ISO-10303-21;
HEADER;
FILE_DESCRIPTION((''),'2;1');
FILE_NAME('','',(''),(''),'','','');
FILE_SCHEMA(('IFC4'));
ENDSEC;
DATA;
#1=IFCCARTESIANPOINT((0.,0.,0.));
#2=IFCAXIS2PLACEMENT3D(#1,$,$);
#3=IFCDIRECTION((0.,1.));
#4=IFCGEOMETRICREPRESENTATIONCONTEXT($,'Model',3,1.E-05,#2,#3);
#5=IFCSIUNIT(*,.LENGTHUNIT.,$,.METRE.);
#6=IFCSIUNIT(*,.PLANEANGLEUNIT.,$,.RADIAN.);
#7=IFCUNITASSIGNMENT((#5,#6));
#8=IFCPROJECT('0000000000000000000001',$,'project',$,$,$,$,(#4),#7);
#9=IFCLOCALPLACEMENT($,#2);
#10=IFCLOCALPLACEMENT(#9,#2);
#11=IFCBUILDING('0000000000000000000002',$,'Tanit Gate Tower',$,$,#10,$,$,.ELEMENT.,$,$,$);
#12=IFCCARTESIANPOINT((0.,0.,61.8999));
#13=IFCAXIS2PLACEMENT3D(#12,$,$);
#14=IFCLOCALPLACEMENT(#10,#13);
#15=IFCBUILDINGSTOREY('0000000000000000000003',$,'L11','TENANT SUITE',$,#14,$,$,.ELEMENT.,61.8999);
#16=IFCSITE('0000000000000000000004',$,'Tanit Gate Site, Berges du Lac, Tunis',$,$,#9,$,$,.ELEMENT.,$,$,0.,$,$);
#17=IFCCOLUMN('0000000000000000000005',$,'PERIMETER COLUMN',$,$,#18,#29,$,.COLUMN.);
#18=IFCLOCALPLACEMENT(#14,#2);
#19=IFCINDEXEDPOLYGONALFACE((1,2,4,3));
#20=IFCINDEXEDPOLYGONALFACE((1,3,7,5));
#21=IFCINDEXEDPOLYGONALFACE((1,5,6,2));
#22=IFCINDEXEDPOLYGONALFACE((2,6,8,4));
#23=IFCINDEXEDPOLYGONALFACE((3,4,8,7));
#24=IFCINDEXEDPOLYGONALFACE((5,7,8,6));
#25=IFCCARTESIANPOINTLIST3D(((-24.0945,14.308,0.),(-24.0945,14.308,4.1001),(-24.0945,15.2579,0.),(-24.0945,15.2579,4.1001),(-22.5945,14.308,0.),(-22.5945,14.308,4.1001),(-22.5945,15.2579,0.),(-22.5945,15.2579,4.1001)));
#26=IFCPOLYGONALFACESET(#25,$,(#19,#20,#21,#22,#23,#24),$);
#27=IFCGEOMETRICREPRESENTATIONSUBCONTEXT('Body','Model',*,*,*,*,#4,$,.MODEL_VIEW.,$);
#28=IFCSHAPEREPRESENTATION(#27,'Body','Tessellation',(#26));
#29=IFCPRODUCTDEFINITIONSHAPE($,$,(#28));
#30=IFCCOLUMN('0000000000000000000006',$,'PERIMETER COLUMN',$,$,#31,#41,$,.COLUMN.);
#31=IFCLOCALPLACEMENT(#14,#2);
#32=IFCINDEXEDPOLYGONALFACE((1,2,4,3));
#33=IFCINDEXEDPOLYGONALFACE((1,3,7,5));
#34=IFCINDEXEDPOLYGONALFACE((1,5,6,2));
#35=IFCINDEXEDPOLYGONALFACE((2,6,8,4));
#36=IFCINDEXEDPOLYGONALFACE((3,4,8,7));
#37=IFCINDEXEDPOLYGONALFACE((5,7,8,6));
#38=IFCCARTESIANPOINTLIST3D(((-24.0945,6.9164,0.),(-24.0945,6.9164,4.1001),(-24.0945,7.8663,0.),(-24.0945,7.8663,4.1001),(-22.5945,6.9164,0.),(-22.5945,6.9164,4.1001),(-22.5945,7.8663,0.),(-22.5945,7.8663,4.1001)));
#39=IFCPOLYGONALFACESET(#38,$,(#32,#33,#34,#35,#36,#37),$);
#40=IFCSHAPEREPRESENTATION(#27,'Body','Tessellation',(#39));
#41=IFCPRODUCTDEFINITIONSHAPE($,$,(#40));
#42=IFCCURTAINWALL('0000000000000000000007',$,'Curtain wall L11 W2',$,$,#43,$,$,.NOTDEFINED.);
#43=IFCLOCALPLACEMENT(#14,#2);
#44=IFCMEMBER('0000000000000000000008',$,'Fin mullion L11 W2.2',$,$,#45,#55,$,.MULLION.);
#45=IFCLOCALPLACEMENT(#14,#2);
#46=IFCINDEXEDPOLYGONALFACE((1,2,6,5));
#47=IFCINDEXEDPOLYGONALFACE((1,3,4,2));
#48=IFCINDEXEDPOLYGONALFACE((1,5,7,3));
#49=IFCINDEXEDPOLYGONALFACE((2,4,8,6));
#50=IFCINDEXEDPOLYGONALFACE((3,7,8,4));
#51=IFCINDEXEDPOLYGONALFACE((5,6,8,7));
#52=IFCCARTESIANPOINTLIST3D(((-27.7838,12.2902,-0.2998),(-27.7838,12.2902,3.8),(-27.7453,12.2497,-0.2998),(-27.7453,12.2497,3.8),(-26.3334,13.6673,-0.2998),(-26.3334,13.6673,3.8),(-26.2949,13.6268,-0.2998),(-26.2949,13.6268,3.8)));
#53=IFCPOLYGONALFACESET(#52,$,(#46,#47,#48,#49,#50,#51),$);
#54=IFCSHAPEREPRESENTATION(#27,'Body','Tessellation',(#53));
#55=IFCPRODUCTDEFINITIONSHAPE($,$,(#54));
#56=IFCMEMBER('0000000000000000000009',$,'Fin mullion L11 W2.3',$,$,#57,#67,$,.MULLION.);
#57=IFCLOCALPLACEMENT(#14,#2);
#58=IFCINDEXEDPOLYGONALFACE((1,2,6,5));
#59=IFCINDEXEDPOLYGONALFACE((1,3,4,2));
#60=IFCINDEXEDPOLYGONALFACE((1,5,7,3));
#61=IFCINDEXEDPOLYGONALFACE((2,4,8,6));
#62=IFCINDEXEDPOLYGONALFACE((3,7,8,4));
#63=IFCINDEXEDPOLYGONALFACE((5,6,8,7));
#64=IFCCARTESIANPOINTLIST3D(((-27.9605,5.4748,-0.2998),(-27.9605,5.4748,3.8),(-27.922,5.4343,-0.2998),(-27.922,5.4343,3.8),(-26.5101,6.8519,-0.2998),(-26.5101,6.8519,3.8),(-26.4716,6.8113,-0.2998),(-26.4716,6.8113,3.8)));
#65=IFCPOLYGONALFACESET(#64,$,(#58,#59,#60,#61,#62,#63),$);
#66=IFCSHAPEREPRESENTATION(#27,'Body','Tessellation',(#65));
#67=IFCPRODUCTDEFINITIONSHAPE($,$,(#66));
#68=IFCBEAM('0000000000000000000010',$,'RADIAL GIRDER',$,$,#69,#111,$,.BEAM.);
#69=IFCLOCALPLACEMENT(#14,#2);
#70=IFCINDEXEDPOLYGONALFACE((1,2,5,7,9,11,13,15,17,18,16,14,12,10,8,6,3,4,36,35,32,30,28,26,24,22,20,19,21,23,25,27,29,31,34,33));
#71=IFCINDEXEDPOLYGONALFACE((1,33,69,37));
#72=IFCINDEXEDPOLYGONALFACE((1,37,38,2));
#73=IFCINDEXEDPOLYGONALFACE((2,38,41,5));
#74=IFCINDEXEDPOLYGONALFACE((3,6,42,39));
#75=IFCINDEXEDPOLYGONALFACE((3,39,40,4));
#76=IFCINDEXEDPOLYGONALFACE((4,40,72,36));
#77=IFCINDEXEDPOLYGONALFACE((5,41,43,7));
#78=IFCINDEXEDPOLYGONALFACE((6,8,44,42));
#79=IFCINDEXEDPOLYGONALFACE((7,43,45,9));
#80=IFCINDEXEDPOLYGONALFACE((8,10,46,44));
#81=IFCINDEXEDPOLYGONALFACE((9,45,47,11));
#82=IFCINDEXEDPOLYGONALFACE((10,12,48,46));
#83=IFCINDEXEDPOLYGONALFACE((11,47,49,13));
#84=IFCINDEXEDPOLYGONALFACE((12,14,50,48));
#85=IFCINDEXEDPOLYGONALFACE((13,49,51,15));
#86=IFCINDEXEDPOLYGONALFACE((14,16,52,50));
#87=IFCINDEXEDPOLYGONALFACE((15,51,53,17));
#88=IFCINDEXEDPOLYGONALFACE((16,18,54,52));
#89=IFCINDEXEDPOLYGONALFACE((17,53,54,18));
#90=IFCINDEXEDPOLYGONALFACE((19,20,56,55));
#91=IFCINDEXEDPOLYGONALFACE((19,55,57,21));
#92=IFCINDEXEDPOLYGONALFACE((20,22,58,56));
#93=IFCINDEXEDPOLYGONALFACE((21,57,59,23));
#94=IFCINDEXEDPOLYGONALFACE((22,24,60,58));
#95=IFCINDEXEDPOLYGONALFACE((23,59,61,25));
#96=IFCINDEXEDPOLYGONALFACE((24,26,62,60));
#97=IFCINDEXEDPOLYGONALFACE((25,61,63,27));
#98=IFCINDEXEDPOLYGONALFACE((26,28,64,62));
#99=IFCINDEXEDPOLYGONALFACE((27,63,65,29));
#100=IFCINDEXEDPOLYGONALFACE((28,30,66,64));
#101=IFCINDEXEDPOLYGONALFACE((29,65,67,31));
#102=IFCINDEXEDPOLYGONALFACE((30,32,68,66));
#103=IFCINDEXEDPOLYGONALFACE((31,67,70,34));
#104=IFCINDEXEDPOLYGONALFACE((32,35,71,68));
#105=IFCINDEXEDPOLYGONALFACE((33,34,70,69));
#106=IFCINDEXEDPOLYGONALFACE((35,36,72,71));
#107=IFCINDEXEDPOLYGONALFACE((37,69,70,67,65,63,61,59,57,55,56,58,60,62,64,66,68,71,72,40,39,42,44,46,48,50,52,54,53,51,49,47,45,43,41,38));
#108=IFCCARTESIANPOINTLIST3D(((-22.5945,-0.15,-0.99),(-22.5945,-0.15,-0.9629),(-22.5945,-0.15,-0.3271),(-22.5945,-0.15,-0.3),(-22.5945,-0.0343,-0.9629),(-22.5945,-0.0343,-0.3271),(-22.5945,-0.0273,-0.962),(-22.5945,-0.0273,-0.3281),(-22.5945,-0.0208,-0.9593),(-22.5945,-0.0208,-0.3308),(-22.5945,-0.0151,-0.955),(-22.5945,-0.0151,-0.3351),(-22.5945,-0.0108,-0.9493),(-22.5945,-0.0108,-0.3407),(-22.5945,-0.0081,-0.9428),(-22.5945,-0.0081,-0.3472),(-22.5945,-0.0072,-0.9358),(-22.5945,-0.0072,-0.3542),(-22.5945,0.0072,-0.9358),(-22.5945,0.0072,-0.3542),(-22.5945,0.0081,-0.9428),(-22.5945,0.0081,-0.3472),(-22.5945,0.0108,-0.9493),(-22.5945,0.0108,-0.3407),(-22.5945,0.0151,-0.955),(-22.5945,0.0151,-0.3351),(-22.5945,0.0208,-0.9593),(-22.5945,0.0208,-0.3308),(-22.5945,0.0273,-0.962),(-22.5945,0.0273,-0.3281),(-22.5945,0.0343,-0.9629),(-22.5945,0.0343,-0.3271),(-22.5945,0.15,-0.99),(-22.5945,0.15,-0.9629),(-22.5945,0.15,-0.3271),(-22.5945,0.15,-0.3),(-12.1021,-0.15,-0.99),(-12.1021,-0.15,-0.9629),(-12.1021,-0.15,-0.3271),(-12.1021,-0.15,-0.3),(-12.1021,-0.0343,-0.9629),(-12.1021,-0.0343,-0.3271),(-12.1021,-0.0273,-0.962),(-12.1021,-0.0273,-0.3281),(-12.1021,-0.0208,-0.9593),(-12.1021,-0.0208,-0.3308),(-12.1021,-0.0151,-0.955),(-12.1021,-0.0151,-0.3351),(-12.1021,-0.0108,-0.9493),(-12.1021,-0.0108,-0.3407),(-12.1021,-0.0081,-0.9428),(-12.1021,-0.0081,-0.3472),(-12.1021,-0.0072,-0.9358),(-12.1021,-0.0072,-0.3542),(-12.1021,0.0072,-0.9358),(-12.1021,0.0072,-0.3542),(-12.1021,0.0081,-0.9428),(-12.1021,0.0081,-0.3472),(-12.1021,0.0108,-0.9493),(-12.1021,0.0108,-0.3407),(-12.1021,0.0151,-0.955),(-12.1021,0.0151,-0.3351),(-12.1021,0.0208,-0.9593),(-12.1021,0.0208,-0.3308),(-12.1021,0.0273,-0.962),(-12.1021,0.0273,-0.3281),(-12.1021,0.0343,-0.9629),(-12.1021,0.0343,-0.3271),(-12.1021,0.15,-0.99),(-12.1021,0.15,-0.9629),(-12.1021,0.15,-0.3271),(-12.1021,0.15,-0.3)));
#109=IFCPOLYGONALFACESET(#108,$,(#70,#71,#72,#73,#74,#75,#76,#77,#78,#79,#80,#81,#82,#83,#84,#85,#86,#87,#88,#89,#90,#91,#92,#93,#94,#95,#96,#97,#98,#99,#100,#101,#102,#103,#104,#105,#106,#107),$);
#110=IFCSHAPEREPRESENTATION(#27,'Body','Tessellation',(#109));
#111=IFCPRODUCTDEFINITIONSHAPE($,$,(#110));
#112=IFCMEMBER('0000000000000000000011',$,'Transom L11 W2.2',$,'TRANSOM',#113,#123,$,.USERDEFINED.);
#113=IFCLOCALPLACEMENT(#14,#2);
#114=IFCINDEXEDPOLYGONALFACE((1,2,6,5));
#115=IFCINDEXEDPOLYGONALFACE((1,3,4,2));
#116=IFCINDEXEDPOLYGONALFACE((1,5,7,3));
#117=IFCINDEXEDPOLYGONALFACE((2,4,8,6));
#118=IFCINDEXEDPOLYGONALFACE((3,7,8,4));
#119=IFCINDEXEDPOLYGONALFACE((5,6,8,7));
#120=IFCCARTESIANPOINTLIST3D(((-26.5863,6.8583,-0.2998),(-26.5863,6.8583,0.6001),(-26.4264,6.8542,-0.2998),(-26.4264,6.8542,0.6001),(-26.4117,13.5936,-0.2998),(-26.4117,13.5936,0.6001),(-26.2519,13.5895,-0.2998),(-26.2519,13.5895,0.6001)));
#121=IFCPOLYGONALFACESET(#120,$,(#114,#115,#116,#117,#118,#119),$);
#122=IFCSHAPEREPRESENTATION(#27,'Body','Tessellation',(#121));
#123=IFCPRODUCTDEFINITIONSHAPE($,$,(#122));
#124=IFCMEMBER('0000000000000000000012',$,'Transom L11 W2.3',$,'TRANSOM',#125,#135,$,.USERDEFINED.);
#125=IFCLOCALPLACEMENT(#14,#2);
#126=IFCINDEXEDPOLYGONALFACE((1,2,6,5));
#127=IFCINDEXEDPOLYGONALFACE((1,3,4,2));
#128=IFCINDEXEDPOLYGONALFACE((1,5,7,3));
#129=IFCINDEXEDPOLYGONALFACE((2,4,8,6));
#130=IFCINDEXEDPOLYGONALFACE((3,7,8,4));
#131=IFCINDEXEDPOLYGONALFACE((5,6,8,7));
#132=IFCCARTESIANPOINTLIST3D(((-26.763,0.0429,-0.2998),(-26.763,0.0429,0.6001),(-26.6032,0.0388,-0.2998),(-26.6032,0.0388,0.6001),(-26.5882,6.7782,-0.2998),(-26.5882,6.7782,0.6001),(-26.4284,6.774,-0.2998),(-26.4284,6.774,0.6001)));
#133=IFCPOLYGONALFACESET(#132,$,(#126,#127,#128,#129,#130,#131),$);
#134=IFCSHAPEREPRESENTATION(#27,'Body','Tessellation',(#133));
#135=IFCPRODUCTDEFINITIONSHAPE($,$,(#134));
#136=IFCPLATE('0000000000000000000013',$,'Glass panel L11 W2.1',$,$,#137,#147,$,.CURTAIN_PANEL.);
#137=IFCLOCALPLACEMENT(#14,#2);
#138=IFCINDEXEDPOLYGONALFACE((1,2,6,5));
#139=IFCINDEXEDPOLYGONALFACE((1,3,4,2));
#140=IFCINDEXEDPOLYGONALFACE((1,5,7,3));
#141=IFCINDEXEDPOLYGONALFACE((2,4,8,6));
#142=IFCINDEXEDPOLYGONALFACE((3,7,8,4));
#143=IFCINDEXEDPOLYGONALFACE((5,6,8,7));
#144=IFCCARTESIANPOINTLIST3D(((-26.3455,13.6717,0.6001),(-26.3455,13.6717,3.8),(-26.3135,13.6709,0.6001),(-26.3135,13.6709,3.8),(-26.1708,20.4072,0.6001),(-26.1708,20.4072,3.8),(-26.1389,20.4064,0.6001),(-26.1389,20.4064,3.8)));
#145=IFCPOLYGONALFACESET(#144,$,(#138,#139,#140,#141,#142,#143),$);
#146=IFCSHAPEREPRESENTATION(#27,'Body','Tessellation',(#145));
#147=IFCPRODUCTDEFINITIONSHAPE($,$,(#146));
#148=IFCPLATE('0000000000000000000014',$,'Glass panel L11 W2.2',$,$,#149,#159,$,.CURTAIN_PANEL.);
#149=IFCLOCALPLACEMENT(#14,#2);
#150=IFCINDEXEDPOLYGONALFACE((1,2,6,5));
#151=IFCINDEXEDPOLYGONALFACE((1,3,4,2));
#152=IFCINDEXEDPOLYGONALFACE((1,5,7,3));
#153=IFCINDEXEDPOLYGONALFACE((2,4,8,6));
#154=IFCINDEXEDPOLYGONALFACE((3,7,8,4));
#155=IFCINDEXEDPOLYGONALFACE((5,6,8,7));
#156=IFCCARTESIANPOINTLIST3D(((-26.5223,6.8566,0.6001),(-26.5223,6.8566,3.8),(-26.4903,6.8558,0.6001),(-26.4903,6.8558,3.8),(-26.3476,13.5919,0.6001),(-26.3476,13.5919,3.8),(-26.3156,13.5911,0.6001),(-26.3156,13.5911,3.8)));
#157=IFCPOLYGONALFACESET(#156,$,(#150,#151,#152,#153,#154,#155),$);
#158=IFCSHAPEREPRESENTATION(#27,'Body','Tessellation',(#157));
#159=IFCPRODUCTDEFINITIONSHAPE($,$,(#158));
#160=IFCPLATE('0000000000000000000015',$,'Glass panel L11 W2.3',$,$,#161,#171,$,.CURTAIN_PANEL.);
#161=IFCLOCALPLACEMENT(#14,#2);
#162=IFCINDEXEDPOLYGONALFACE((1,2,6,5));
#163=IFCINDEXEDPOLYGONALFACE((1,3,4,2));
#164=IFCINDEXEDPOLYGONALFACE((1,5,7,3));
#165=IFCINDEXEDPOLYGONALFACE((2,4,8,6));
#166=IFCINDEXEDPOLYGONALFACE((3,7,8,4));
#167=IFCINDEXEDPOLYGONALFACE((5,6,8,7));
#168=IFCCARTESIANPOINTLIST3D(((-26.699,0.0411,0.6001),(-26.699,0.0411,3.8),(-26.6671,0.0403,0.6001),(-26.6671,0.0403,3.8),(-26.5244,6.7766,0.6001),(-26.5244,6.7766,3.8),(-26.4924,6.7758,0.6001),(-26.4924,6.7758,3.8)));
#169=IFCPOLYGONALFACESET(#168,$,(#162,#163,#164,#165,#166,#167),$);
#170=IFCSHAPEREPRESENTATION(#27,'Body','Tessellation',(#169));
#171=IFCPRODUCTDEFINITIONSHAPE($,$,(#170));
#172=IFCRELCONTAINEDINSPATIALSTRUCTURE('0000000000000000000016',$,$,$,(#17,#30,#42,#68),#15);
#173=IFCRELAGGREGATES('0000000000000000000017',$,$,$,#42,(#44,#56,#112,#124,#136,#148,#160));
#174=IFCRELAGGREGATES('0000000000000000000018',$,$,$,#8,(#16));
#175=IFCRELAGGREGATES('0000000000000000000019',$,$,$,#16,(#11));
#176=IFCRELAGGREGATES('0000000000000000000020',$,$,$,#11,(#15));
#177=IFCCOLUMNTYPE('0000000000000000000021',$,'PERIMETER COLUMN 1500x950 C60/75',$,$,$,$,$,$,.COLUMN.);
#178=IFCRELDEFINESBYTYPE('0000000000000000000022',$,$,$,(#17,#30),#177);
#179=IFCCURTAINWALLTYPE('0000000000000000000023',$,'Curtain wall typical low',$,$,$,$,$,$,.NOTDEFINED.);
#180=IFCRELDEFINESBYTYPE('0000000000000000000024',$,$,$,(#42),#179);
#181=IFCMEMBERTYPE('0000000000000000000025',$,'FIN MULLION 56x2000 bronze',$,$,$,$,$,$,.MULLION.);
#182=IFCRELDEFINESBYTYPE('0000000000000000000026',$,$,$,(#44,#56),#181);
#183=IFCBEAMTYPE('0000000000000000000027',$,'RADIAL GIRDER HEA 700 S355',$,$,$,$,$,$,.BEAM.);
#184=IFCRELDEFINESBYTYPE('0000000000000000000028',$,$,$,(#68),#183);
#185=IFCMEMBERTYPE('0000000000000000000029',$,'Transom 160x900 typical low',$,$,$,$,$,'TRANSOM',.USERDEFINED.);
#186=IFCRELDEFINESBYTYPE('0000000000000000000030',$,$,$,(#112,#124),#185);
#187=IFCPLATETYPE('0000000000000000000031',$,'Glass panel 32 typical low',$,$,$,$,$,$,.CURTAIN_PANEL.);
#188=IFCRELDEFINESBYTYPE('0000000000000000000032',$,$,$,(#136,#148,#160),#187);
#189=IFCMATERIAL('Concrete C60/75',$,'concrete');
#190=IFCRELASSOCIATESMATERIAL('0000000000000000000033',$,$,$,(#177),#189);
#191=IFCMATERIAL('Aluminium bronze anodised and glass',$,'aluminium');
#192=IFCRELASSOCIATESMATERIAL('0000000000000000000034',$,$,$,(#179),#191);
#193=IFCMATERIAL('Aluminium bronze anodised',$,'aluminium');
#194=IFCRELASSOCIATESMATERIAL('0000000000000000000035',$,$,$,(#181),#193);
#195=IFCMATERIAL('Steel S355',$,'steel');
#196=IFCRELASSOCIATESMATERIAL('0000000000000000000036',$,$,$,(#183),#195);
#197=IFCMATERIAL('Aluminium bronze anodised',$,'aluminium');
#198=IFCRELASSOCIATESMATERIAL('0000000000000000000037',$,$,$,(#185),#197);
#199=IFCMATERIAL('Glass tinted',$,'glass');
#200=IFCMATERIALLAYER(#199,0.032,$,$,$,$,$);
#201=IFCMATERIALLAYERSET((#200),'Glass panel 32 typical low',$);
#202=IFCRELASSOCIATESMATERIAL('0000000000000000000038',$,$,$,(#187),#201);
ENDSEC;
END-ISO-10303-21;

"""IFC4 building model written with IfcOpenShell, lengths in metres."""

from ifc_helpers import new_model, si_unit, direction, frame, origin, origin_2d, place, context, subcontext, project, spatial, rectangle, i_section, extrude, material, layer, layer_set, material_profile, profile_set, type_object, element, aggregate, save


model = new_model("IFC4")

# Units and contexts
model_context = context("Model", 3, precision=1e-05, world=origin(), true_north=direction((0.0, 1.0)))
body_context = subcontext(model_context, "Body", "Model", "MODEL_VIEW")
ifc_project = project(units=[si_unit("LENGTHUNIT", "METRE"), si_unit("PLANEANGLEUNIT", "RADIAN")], contexts=[model_context])

# Site, building, storey
site_placement = place(None, origin())
site = spatial("IfcSite", under=ifc_project, at=site_placement, Name="Tanit Gate Site, Berges du Lac, Tunis", CompositionType="ELEMENT", RefElevation=0.0)
building_placement = place(site_placement, origin())
building = spatial("IfcBuilding", under=site, at=building_placement, Name="Tanit Gate Tower", CompositionType="ELEMENT")
storey_placement = place(building_placement, frame((0.0, 0.0, 61.8999)))
storey = spatial("IfcBuildingStorey", under=building, at=storey_placement, Name="L11", Description="TENANT SUITE", CompositionType="ELEMENT", Elevation=61.8999)

# Columns
ifc_material_1 = material(Name="Concrete C60/75", Category="concrete")
ifc_material_profile_1 = material_profile(ifc_material_1, rectangle(XDim=1.5, YDim=0.95, at=origin_2d()), Name="RC 1500x950")
ifc_profile_set_1 = profile_set([ifc_material_profile_1], Name="Concrete C60/75")
column_type = type_object("IfcColumnType", Name="PERIMETER COLUMN 1500x950 C60/75", PredefinedType="COLUMN", material=ifc_profile_set_1)
for number, where, z_axis, x_axis, name in (
    (1, (-23.3445, 14.783, 0.0), (0.0, 0.0, 1.0), (-1.0, 0.0, 0.0), "PERIMETER COLUMN"),
    (2, (-23.3445, 7.3914, 0.0), (0.0, 0.0, 1.0), (-1.0, 0.0, 0.0), "PERIMETER COLUMN"),
):
    element("IfcColumn", number, at=place(storey_placement, frame(where, z_axis=z_axis, x_axis=x_axis)), inside=storey, type_object=column_type, Name=name, PredefinedType="COLUMN", context=body_context, shape_type="SweptSolid", body=[
        extrude(rectangle(XDim=1.5, YDim=0.95, at=origin_2d()), origin(), (0.0, 0.0, 1.0), 4.1001),
    ])

# Curtain wall, members
ifc_material_2 = material(Name="Aluminium bronze anodised and glass", Category="aluminium")
curtain_wall_type = type_object("IfcCurtainWallType", Name="Curtain wall typical low", PredefinedType="NOTDEFINED", material=ifc_material_2)
curtain_wall_placement = place(storey_placement, origin())
curtain_wall = element("IfcCurtainWall", 3, at=curtain_wall_placement, inside=storey, type_object=curtain_wall_type, Name="Curtain wall L11 W2", PredefinedType="NOTDEFINED")
ifc_material_3 = material(Name="Aluminium bronze anodised", Category="aluminium")
ifc_material_profile_2 = material_profile(ifc_material_3, rectangle(XDim=2.0, YDim=0.0559, at=origin_2d()), Name="56x2000 bronze fin mullion")
ifc_profile_set_2 = profile_set([ifc_material_profile_2], Name="Aluminium bronze anodised")
member_type_1 = type_object("IfcMemberType", Name="FIN MULLION 56x2000 bronze", PredefinedType="MULLION", material=ifc_profile_set_2)
member_1_placement = place(storey_placement, frame((-27.0393, 12.9585, -0.2998), z_axis=(0.0, 0.0, 1.0), x_axis=(0.7252, 0.688538, 0.0)))
member_1 = element("IfcMember", 4, at=member_1_placement, type_object=member_type_1, Name="Fin mullion L11 W2.2", PredefinedType="MULLION", context=body_context, shape_type="SweptSolid", body=[
    extrude(rectangle(XDim=2.0, YDim=0.0559, at=origin_2d()), origin(), (0.0, 0.0, 1.0), 4.0999),
])
member_2_placement = place(storey_placement, frame((-27.2161, 6.1431, -0.2998), z_axis=(0.0, 0.0, 1.0), x_axis=(0.7252, 0.688538, 0.0)))
member_2 = element("IfcMember", 5, at=member_2_placement, type_object=member_type_1, Name="Fin mullion L11 W2.3", PredefinedType="MULLION", context=body_context, shape_type="SweptSolid", body=[
    extrude(rectangle(XDim=2.0, YDim=0.0559, at=origin_2d()), origin(), (0.0, 0.0, 1.0), 4.0999),
])

# Beam
ifc_material_4 = material(Name="Steel S355", Category="steel")
ifc_material_profile_3 = material_profile(ifc_material_4, i_section(OverallWidth=0.3, OverallDepth=0.6899, WebThickness=0.0144, FlangeThickness=0.0271, FilletRadius=0.0271, at=origin_2d()), Name="HEA 700")
ifc_profile_set_3 = profile_set([ifc_material_profile_3], Name="Steel S355")
beam_type = type_object("IfcBeamType", Name="RADIAL GIRDER HEA 700 S355", PredefinedType="BEAM", material=ifc_profile_set_3)
beam_placement = place(storey_placement, frame((-22.5945, 0.0, -0.645), z_axis=(1.0, 0.0, 0.0), x_axis=(0.0, 1.0, 0.0)))
element("IfcBeam", 6, at=beam_placement, inside=storey, type_object=beam_type, Name="RADIAL GIRDER", PredefinedType="BEAM", context=body_context, shape_type="SweptSolid", body=[
    extrude(i_section(OverallWidth=0.3, OverallDepth=0.6899, WebThickness=0.0144, FlangeThickness=0.0271, FilletRadius=0.0271, at=origin_2d()), origin(), (0.0, 0.0, 1.0), 10.4924),
])

# Members
ifc_material_5 = material(Name="Aluminium bronze anodised", Category="aluminium")
ifc_material_profile_4 = material_profile(ifc_material_5, rectangle(XDim=0.1599, YDim=0.8999, at=origin_2d()), Name="160x900 bronze transom")
ifc_profile_set_4 = profile_set([ifc_material_profile_4], Name="Aluminium bronze anodised")
member_type_2 = type_object("IfcMemberType", Name="Transom 160x900 typical low", ElementType="TRANSOM", PredefinedType="USERDEFINED", material=ifc_profile_set_4)
member_3_placement = place(storey_placement, frame((-26.3318, 13.5916, 0.1501), z_axis=(-0.025908, -0.999664, 0.0), x_axis=(0.999664, -0.025908, 0.0)))
member_3 = element("IfcMember", 7, at=member_3_placement, type_object=member_type_2, Name="Transom L11 W2.2", ObjectType="TRANSOM", PredefinedType="USERDEFINED", context=body_context, shape_type="SweptSolid", body=[
    extrude(rectangle(XDim=0.1599, YDim=0.8999, at=origin_2d()), origin(), (0.0, 0.0, 1.0), 6.7375),
])
member_4_placement = place(storey_placement, frame((-26.5083, 6.7761, 0.1501), z_axis=(-0.025945, -0.999663, 0.0), x_axis=(0.999663, -0.025945, 0.0)))
member_4 = element("IfcMember", 8, at=member_4_placement, type_object=member_type_2, Name="Transom L11 W2.3", ObjectType="TRANSOM", PredefinedType="USERDEFINED", context=body_context, shape_type="SweptSolid", body=[
    extrude(rectangle(XDim=0.1599, YDim=0.8999, at=origin_2d()), origin(), (0.0, 0.0, 1.0), 6.7375),
])

# Plates
ifc_material_6 = material(Name="Glass tinted", Category="glass")
ifc_layer = layer(ifc_material_6, 0.032)
ifc_layer_set = layer_set([ifc_layer], Name="Glass panel 32 typical low")
plate_type = type_object("IfcPlateType", Name="Glass panel 32 typical low", PredefinedType="CURTAIN_PANEL", material=ifc_layer_set)
plate_1_placement = place(storey_placement, frame((-26.2422, 17.0391, 0.6001), z_axis=(0.0, 0.0, 1.0), x_axis=(-0.025924, -0.999664, 0.0)))
plate_1 = element("IfcPlate", 9, at=plate_1_placement, type_object=plate_type, Name="Glass panel L11 W2.1", PredefinedType="CURTAIN_PANEL", context=body_context, shape_type="SweptSolid", body=[
    extrude(rectangle(XDim=6.7378, YDim=0.032, at=origin_2d()), origin(), (0.0, 0.0, 1.0), 3.2),
])
plate_2_placement = place(storey_placement, frame((-26.4189, 10.2239, 0.6001), z_axis=(0.0, 0.0, 1.0), x_axis=(-0.025924, -0.999664, 0.0)))
plate_2 = element("IfcPlate", 10, at=plate_2_placement, type_object=plate_type, Name="Glass panel L11 W2.2", PredefinedType="CURTAIN_PANEL", context=body_context, shape_type="SweptSolid", body=[
    extrude(rectangle(XDim=6.7375, YDim=0.032, at=origin_2d()), origin(), (0.0, 0.0, 1.0), 3.2),
])
plate_3_placement = place(storey_placement, frame((-26.5957, 3.4084, 0.6001), z_axis=(0.0, 0.0, 1.0), x_axis=(-0.025924, -0.999664, 0.0)))
plate_3 = element("IfcPlate", 11, at=plate_3_placement, type_object=plate_type, Name="Glass panel L11 W2.3", PredefinedType="CURTAIN_PANEL", context=body_context, shape_type="SweptSolid", body=[
    extrude(rectangle(XDim=6.7378, YDim=0.032, at=origin_2d()), origin(), (0.0, 0.0, 1.0), 3.2),
])
aggregate(curtain_wall, [member_1, member_2, member_3, member_4, plate_1, plate_2, plate_3])

save(model, "model.ifc")
